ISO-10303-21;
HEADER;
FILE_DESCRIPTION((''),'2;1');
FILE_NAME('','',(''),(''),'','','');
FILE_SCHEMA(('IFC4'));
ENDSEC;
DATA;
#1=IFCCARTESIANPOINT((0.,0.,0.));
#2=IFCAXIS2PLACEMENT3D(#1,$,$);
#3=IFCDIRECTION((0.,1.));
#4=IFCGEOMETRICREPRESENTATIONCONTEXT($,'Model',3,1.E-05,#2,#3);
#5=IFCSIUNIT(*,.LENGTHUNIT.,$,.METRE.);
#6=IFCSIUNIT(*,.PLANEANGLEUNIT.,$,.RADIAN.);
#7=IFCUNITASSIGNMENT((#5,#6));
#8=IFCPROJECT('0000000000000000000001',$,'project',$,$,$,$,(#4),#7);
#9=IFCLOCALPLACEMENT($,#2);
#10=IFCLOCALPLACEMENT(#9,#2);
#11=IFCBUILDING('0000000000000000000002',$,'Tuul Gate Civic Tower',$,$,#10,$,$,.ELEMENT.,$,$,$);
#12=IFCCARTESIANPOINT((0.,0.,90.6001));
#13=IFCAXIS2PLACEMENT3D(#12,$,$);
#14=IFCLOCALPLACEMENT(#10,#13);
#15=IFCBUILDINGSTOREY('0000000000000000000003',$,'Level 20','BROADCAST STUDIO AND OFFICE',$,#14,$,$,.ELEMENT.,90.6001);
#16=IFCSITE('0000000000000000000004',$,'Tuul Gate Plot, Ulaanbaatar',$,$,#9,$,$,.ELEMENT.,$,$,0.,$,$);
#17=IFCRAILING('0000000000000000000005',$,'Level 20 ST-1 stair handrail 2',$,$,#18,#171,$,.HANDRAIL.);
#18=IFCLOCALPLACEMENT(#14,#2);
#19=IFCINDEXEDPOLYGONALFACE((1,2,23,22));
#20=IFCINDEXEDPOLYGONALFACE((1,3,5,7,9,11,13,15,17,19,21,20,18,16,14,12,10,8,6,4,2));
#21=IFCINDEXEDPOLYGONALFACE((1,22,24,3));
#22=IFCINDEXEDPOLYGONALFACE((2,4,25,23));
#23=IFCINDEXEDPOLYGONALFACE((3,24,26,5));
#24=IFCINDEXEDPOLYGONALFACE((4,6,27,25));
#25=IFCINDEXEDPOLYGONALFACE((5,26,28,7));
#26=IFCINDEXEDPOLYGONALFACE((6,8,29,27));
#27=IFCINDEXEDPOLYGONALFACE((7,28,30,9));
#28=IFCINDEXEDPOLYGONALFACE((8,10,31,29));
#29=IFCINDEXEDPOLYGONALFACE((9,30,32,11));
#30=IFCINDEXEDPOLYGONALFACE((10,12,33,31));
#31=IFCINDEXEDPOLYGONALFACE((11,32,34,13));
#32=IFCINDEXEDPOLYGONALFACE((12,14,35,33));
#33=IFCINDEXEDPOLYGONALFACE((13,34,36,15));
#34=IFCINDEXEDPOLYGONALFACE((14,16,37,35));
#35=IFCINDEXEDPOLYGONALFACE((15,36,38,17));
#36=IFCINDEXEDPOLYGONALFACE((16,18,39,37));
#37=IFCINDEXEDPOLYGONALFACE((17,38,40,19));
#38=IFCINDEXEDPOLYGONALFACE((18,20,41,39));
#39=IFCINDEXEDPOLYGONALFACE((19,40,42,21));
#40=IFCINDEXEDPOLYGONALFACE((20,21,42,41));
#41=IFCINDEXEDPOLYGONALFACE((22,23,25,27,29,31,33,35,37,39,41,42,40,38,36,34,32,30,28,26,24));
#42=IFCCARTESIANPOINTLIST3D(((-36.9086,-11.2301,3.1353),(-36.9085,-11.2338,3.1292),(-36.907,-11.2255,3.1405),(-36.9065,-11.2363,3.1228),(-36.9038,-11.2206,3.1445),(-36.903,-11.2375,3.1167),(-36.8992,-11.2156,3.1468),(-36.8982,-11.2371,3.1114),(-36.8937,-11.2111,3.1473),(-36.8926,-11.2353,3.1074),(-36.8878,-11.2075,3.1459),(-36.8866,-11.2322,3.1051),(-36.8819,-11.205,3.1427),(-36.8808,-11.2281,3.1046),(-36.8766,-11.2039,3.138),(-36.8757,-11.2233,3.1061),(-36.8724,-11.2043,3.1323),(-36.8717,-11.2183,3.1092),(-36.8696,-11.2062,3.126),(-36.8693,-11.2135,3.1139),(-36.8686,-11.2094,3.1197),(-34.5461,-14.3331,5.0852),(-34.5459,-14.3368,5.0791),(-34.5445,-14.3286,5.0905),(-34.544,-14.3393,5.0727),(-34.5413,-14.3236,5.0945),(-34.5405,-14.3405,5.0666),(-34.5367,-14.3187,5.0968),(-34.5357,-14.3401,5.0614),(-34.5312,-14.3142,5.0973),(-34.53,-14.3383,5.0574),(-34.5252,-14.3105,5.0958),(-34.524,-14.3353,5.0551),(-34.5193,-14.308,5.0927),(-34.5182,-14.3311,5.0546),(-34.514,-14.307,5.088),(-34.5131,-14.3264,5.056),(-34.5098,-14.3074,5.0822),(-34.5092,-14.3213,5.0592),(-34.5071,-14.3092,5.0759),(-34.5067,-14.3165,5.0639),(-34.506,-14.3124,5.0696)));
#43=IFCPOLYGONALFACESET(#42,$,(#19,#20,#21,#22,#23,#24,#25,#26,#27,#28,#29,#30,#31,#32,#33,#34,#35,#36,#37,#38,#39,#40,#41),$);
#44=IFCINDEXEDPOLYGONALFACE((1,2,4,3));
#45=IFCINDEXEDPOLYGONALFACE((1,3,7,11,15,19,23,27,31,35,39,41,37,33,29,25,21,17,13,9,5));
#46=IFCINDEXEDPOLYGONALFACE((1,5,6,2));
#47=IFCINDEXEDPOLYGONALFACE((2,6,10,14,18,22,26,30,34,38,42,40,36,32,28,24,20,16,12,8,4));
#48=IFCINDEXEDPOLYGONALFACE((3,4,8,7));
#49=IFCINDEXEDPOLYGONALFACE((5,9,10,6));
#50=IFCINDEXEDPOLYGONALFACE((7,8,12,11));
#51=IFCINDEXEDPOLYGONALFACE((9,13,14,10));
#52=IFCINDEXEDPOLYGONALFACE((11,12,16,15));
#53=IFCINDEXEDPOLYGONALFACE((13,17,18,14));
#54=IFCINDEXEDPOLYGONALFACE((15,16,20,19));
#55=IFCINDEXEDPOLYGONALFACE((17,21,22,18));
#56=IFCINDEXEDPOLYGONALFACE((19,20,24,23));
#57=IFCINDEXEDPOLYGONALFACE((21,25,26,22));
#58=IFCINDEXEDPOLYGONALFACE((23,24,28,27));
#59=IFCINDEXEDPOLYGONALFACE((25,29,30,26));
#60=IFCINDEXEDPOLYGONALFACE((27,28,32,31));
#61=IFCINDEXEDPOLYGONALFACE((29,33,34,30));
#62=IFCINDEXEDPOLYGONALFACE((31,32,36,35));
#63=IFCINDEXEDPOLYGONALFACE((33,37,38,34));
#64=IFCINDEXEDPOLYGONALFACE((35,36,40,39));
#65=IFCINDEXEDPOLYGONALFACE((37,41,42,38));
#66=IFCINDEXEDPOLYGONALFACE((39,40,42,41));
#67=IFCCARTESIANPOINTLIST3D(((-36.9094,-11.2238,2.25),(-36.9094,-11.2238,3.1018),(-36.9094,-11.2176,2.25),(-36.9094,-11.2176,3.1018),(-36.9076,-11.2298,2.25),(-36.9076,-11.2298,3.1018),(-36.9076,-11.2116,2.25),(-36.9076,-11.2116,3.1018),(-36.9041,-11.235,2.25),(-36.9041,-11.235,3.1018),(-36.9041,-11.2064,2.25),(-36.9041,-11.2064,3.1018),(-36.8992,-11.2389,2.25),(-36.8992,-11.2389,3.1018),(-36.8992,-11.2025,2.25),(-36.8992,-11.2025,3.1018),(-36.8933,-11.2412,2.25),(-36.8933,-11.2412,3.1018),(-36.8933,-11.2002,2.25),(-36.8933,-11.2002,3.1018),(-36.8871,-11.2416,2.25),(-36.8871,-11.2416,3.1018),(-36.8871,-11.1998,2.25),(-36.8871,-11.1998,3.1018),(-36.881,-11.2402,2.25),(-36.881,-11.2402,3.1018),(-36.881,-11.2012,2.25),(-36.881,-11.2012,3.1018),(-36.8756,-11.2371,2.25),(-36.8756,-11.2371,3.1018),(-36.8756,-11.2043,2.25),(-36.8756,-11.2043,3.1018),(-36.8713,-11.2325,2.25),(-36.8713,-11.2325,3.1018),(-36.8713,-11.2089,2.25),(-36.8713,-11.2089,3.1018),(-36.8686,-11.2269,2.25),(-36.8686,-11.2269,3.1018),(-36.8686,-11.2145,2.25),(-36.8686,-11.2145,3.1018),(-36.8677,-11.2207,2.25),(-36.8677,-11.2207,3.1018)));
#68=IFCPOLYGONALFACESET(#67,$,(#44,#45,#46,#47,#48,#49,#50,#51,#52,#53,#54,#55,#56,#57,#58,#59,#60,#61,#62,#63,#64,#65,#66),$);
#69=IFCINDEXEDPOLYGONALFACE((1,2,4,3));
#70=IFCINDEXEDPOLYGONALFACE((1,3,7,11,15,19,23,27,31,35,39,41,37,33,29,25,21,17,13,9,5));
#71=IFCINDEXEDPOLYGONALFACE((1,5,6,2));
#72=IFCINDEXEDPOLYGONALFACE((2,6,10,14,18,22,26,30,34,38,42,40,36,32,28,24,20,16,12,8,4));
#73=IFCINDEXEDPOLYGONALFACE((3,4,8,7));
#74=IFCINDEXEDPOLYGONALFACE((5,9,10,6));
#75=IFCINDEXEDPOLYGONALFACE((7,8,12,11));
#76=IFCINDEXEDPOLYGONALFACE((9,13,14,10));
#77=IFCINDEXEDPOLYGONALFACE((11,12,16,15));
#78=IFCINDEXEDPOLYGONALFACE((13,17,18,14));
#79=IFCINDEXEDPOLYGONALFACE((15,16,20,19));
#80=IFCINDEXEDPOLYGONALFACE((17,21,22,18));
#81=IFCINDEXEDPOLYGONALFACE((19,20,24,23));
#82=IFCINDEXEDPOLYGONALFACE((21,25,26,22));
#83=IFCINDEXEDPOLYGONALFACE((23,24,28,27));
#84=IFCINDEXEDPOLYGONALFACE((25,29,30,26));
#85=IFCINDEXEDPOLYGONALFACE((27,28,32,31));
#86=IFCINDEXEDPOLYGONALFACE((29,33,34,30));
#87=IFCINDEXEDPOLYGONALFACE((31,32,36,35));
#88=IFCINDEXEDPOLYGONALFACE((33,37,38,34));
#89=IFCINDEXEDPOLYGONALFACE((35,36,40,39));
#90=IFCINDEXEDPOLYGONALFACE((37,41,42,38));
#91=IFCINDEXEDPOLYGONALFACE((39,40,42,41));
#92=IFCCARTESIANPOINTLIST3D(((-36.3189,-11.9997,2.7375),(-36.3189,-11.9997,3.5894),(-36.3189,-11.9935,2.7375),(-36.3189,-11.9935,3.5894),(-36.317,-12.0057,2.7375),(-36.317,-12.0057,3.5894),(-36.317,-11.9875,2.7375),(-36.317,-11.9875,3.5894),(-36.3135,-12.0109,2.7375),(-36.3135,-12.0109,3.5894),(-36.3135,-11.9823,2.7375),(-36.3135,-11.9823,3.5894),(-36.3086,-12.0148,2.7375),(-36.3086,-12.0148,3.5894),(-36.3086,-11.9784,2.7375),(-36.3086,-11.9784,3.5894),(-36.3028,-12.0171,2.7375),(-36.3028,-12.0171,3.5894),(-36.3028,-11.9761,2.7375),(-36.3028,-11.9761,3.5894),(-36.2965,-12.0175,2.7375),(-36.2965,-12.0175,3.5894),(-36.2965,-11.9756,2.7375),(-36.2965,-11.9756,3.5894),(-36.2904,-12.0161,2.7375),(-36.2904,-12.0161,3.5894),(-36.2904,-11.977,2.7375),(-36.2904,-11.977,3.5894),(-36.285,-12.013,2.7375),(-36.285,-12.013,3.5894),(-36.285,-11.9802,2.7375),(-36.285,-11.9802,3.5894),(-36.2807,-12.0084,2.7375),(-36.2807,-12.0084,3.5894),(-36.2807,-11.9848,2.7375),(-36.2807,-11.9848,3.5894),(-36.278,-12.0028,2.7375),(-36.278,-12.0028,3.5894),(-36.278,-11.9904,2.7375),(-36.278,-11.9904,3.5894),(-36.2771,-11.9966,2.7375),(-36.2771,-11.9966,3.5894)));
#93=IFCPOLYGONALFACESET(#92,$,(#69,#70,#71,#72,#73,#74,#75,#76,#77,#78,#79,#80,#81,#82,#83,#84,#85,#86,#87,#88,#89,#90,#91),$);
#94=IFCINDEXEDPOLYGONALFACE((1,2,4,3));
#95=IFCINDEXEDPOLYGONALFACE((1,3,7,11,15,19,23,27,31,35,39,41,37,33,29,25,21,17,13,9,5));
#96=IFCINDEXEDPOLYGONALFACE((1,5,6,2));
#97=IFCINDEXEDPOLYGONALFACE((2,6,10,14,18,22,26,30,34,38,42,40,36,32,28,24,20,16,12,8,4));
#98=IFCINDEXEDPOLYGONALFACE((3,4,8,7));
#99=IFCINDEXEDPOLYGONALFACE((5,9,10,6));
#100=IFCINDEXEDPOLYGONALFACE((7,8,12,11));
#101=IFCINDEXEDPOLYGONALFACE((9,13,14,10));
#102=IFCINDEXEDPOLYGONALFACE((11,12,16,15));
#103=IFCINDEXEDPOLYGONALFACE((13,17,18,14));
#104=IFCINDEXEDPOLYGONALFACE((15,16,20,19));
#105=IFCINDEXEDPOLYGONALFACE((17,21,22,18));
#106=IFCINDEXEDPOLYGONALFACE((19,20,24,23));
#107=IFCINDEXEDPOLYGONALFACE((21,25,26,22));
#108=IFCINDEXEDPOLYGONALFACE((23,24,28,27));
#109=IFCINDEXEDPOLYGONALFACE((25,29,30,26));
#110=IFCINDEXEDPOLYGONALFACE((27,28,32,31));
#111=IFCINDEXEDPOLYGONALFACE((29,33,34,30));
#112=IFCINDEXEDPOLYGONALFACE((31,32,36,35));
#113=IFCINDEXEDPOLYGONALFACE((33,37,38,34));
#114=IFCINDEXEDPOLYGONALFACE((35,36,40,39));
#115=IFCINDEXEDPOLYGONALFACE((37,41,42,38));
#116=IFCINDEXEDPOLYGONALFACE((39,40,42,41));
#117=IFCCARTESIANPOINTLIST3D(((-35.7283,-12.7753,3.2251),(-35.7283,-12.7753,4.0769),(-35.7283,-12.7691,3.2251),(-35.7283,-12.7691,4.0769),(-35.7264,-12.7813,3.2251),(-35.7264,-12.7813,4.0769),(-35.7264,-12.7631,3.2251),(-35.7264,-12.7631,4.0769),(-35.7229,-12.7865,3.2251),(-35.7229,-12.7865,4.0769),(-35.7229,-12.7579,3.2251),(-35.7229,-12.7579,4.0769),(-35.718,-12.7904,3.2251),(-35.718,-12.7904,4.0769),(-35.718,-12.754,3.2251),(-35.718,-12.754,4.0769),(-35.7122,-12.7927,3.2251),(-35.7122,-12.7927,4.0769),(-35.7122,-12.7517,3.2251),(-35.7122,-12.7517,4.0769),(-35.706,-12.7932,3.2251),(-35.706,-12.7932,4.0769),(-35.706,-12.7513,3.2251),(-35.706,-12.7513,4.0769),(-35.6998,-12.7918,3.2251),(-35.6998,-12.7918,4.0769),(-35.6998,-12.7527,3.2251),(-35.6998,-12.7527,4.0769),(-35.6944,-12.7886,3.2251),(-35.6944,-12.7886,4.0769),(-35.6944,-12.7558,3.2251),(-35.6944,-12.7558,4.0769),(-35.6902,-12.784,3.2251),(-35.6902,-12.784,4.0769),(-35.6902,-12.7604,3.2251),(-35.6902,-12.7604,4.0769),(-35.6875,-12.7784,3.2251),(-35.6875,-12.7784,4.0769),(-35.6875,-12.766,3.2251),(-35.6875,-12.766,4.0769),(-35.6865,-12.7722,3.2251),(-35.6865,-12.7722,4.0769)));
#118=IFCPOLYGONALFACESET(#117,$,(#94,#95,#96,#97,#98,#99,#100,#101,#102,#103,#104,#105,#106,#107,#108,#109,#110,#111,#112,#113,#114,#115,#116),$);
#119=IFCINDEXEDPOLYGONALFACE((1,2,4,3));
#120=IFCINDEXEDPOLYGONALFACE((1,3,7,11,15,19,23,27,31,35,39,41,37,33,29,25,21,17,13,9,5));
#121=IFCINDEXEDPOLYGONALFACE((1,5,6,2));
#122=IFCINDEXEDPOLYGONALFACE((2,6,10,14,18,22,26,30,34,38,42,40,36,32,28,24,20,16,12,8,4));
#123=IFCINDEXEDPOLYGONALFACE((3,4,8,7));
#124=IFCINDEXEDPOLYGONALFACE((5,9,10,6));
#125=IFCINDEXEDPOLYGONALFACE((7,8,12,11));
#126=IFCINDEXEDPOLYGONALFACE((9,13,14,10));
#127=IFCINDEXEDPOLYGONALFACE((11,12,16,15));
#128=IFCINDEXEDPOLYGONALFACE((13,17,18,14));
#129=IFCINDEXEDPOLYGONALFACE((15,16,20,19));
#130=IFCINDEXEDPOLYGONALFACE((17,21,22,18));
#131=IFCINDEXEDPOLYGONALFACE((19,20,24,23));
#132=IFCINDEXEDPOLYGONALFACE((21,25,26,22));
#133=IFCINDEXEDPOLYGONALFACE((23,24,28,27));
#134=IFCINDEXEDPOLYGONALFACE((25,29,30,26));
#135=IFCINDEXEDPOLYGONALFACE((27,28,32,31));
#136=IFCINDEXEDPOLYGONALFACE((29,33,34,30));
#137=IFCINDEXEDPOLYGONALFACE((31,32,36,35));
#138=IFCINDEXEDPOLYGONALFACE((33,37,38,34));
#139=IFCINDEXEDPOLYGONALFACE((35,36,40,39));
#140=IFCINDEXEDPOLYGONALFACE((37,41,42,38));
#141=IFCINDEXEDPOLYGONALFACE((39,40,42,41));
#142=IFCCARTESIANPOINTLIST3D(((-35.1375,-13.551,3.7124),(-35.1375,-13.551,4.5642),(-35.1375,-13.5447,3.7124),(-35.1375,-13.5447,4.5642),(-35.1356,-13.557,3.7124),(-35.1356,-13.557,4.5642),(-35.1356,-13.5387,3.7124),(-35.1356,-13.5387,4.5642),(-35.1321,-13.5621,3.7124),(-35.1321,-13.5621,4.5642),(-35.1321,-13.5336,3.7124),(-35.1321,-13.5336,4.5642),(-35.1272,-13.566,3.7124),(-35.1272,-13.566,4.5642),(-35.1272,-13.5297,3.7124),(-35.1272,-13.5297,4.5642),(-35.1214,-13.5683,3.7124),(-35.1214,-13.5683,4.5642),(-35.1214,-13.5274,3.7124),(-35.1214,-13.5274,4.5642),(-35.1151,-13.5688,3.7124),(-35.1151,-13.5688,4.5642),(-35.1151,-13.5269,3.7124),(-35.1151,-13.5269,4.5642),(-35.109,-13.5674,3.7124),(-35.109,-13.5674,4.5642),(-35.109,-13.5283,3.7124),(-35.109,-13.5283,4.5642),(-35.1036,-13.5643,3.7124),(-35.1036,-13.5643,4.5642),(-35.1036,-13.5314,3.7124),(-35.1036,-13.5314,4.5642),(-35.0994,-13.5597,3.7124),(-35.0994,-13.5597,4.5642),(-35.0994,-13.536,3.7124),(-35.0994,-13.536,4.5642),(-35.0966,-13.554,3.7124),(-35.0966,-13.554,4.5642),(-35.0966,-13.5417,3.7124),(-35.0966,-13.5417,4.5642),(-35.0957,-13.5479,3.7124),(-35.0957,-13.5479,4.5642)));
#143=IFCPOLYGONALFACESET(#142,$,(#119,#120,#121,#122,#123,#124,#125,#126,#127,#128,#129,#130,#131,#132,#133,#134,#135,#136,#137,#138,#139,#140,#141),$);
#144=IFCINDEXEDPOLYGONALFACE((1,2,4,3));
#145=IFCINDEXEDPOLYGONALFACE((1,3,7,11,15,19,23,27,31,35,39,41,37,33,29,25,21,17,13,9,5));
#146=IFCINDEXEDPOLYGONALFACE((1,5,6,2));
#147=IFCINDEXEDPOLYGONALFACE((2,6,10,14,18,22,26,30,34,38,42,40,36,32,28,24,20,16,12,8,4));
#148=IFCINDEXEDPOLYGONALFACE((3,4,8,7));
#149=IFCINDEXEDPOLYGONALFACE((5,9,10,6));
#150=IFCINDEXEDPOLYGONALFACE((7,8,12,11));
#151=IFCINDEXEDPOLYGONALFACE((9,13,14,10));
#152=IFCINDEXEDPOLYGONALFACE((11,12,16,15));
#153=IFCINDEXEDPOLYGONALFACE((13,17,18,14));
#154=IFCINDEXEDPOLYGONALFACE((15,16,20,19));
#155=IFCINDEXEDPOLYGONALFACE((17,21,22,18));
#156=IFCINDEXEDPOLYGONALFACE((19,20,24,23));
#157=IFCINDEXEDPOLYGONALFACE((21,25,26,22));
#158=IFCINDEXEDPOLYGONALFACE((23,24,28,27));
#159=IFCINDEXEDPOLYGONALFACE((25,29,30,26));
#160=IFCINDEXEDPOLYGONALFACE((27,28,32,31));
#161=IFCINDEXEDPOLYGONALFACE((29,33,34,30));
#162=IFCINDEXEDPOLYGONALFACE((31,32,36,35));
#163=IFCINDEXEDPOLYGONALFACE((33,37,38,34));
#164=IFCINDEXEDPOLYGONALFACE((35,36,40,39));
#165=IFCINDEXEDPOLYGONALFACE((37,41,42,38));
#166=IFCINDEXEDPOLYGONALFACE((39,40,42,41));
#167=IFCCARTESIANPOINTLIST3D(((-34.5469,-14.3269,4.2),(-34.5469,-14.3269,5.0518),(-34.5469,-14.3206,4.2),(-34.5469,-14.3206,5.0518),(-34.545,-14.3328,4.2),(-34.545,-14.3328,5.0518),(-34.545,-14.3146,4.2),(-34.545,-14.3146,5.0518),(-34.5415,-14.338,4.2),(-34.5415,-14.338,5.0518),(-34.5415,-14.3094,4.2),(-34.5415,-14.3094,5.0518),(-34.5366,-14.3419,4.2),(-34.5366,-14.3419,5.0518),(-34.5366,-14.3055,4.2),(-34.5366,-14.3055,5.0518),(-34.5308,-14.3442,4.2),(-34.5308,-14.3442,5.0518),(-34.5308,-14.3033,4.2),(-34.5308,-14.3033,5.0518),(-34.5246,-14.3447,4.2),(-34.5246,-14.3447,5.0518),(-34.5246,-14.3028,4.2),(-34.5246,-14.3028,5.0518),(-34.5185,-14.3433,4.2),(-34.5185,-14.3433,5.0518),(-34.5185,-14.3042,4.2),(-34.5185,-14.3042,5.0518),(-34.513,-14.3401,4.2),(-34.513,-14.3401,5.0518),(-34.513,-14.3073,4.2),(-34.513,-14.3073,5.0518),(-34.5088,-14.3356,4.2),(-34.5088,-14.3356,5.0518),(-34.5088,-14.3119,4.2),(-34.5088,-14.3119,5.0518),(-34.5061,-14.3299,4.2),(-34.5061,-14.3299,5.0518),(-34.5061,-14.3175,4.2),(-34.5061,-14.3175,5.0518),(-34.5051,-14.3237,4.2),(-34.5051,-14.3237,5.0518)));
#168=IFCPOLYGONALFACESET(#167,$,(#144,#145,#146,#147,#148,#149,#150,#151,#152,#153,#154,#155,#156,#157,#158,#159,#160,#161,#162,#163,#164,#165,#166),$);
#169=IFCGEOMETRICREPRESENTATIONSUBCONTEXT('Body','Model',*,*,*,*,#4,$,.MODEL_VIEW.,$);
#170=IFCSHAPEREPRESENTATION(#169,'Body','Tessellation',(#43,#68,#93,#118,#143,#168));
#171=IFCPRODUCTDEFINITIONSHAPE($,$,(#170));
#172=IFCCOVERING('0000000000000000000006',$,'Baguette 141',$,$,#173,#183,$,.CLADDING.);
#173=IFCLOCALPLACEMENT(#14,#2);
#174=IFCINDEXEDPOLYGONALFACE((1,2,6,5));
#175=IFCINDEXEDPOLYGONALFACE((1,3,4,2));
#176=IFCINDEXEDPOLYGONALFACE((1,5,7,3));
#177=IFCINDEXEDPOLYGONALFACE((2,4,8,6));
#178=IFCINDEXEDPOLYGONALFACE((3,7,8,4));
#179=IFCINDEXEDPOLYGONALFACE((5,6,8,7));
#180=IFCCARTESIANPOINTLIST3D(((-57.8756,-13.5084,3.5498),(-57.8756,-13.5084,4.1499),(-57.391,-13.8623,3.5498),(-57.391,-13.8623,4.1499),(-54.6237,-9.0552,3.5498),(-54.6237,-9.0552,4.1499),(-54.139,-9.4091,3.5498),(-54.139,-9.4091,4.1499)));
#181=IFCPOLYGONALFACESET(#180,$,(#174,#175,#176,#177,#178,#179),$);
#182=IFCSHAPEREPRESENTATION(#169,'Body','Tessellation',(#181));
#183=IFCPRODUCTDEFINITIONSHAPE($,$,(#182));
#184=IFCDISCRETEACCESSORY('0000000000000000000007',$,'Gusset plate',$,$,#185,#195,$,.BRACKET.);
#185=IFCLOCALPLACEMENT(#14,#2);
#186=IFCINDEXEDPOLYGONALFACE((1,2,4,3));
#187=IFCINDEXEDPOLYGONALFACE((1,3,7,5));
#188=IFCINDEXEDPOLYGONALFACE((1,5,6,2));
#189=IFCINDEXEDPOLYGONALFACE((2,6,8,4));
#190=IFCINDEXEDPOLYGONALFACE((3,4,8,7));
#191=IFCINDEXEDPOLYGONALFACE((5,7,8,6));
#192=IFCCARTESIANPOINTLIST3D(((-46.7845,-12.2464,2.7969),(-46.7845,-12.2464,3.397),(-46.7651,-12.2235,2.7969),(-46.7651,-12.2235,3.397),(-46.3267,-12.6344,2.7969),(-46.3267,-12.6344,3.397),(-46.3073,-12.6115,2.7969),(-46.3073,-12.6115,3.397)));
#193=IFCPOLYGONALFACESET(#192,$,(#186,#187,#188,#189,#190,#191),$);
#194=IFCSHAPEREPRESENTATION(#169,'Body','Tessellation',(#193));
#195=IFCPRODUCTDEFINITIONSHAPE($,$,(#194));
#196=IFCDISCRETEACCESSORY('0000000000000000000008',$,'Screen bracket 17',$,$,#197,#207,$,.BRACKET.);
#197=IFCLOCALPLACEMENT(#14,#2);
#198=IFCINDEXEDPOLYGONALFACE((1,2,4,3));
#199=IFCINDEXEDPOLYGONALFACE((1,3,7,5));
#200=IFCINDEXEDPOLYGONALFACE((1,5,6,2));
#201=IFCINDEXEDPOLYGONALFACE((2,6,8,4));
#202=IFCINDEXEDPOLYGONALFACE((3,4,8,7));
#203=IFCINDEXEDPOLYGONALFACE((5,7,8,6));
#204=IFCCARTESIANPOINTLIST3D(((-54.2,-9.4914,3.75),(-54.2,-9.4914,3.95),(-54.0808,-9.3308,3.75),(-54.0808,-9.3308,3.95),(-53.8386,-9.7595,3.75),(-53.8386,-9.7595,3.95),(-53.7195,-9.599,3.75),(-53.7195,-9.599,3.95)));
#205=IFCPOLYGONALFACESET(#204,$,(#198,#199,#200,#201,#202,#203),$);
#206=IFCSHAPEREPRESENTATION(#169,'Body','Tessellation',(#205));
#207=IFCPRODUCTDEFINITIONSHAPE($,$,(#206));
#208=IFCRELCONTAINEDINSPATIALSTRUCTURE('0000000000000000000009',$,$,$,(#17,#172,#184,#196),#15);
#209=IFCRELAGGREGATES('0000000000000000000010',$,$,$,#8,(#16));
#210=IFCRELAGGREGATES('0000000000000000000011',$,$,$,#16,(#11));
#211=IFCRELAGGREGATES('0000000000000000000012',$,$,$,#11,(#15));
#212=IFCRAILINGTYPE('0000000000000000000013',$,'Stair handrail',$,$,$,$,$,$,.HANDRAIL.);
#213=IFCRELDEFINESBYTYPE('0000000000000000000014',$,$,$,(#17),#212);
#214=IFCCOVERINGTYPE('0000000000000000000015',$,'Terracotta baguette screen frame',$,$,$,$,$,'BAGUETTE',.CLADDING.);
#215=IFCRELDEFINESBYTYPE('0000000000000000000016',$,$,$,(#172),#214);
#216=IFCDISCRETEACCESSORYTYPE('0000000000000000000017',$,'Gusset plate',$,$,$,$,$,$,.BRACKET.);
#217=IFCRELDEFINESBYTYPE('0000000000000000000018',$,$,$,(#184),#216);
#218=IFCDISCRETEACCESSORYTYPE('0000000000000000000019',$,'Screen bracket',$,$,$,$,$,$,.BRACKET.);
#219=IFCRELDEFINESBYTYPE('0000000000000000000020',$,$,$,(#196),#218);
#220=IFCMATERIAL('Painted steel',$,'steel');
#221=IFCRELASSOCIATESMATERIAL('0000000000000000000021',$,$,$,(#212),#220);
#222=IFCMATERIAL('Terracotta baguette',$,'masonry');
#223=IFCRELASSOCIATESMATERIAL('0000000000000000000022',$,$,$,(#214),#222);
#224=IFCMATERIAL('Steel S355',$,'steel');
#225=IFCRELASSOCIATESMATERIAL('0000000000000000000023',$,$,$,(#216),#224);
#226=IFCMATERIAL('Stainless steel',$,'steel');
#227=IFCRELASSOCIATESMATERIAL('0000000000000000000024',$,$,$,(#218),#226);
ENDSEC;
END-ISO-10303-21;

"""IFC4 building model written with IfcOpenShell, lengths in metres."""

from ifc_helpers import new_model, si_unit, direction, frame, origin, origin_2d, place, context, subcontext, project, spatial, rectangle, circle, extrude, material, material_profile, profile_set, type_object, element, save


model = new_model("IFC4")

# Units and contexts
model_context = context("Model", 3, precision=1e-05, world=origin(), true_north=direction((0.0, 1.0)))
body_context = subcontext(model_context, "Body", "Model", "MODEL_VIEW")
ifc_project = project(units=[si_unit("LENGTHUNIT", "METRE"), si_unit("PLANEANGLEUNIT", "RADIAN")], contexts=[model_context])

# Site, building, storey
site_placement = place(None, origin())
site = spatial("IfcSite", under=ifc_project, at=site_placement, Name="Tuul Gate Plot, Ulaanbaatar", CompositionType="ELEMENT", RefElevation=0.0)
building_placement = place(site_placement, origin())
building = spatial("IfcBuilding", under=site, at=building_placement, Name="Tuul Gate Civic Tower", CompositionType="ELEMENT")
storey_placement = place(building_placement, frame((0.0, 0.0, 90.6001)))
storey = spatial("IfcBuildingStorey", under=building, at=storey_placement, Name="Level 20", Description="BROADCAST STUDIO AND OFFICE", CompositionType="ELEMENT", Elevation=90.6001)

# Railing
ifc_material_1 = material(Name="Painted steel", Category="steel")
railing_type = type_object("IfcRailingType", Name="Stair handrail", PredefinedType="HANDRAIL", material=ifc_material_1)
railing_placement = place(storey_placement, frame((-36.8887, -11.2207, 2.25)))
element("IfcRailing", 1, at=railing_placement, inside=storey, type_object=railing_type, Name="Level 20 ST-1 stair handrail 2", PredefinedType="HANDRAIL", context=body_context, shape_type="SweptSolid", body=[
    extrude(circle(Radius=0.0239, at=origin_2d()), frame((0.0, 0.0, 0.876), z_axis=(0.541824, -0.711645, 0.4472), x_axis=(0.795637, 0.605773, 0.0)), (0.0, 0.0, 1.0), 4.3604),
    extrude(circle(Radius=0.021, at=origin_2d()), origin(), (0.0, 0.0, 1.0), 0.8518),
    extrude(circle(Radius=0.021, at=origin_2d()), frame((0.5906, -0.7759, 0.4875)), (0.0, 0.0, 1.0), 0.8518),
    extrude(circle(Radius=0.021, at=origin_2d()), frame((1.1812, -1.5515, 0.9751)), (0.0, 0.0, 1.0), 0.8518),
    extrude(circle(Radius=0.021, at=origin_2d()), frame((1.772, -2.3271, 1.4624)), (0.0, 0.0, 1.0), 0.8518),
    extrude(circle(Radius=0.021, at=origin_2d()), frame((2.3625, -3.103, 1.95)), (0.0, 0.0, 1.0), 0.8518),
])

# Covering
ifc_material_2 = material(Name="Terracotta baguette", Category="masonry")
ifc_material_profile_1 = material_profile(ifc_material_2, rectangle(XDim=0.6001, YDim=0.6001, at=origin_2d()), Name="Terracotta baguette screen frame")
ifc_profile_set_1 = profile_set([ifc_material_profile_1], Name="Terracotta baguette")
covering_type = type_object("IfcCoveringType", Name="Terracotta baguette screen frame", ElementType="BAGUETTE", PredefinedType="CLADDING", material=ifc_profile_set_1)
covering_placement = place(storey_placement, frame((-54.3813, -9.2322, 3.8499), z_axis=(-0.58975, -0.807586, 0.0), x_axis=(0.807586, -0.58975, 0.0)))
element("IfcCovering", 2, at=covering_placement, inside=storey, type_object=covering_type, Name="Baguette 141", PredefinedType="CLADDING", context=body_context, shape_type="SweptSolid", body=[
    extrude(rectangle(XDim=0.6001, YDim=0.6001, at=origin_2d()), origin(), (0.0, 0.0, 1.0), 5.5142),
])

# Discrete accessories
ifc_material_3 = material(Name="Steel S355", Category="steel")
discrete_accessory_type_1 = type_object("IfcDiscreteAccessoryType", Name="Gusset plate", PredefinedType="BRACKET", material=ifc_material_3)
discrete_accessory_1_placement = place(storey_placement, frame((-46.5459, -12.429, 2.7969), z_axis=(0.0, 0.0, 1.0), x_axis=(0.762825, -0.646605, 0.0)))
element("IfcDiscreteAccessory", 3, at=discrete_accessory_1_placement, inside=storey, type_object=discrete_accessory_type_1, Name="Gusset plate", PredefinedType="BRACKET", context=body_context, shape_type="SweptSolid", body=[
    extrude(rectangle(XDim=0.6001, YDim=0.03, at=origin_2d()), origin(), (0.0, 0.0, 1.0), 0.6001),
])
ifc_material_4 = material(Name="Stainless steel", Category="steel")
discrete_accessory_type_2 = type_object("IfcDiscreteAccessoryType", Name="Screen bracket", PredefinedType="BRACKET", material=ifc_material_4)
discrete_accessory_2_placement = place(storey_placement, frame((-53.9597, -9.5452, 3.75), z_axis=(0.0, 0.0, 1.0), x_axis=(-0.803018, 0.595954, 0.0)))
element("IfcDiscreteAccessory", 4, at=discrete_accessory_2_placement, inside=storey, type_object=discrete_accessory_type_2, Name="Screen bracket 17", PredefinedType="BRACKET", context=body_context, shape_type="SweptSolid", body=[
    extrude(rectangle(XDim=0.45, YDim=0.2, at=origin_2d()), origin(), (0.0, 0.0, 1.0), 0.2),
])

save(model, "model.ifc")
